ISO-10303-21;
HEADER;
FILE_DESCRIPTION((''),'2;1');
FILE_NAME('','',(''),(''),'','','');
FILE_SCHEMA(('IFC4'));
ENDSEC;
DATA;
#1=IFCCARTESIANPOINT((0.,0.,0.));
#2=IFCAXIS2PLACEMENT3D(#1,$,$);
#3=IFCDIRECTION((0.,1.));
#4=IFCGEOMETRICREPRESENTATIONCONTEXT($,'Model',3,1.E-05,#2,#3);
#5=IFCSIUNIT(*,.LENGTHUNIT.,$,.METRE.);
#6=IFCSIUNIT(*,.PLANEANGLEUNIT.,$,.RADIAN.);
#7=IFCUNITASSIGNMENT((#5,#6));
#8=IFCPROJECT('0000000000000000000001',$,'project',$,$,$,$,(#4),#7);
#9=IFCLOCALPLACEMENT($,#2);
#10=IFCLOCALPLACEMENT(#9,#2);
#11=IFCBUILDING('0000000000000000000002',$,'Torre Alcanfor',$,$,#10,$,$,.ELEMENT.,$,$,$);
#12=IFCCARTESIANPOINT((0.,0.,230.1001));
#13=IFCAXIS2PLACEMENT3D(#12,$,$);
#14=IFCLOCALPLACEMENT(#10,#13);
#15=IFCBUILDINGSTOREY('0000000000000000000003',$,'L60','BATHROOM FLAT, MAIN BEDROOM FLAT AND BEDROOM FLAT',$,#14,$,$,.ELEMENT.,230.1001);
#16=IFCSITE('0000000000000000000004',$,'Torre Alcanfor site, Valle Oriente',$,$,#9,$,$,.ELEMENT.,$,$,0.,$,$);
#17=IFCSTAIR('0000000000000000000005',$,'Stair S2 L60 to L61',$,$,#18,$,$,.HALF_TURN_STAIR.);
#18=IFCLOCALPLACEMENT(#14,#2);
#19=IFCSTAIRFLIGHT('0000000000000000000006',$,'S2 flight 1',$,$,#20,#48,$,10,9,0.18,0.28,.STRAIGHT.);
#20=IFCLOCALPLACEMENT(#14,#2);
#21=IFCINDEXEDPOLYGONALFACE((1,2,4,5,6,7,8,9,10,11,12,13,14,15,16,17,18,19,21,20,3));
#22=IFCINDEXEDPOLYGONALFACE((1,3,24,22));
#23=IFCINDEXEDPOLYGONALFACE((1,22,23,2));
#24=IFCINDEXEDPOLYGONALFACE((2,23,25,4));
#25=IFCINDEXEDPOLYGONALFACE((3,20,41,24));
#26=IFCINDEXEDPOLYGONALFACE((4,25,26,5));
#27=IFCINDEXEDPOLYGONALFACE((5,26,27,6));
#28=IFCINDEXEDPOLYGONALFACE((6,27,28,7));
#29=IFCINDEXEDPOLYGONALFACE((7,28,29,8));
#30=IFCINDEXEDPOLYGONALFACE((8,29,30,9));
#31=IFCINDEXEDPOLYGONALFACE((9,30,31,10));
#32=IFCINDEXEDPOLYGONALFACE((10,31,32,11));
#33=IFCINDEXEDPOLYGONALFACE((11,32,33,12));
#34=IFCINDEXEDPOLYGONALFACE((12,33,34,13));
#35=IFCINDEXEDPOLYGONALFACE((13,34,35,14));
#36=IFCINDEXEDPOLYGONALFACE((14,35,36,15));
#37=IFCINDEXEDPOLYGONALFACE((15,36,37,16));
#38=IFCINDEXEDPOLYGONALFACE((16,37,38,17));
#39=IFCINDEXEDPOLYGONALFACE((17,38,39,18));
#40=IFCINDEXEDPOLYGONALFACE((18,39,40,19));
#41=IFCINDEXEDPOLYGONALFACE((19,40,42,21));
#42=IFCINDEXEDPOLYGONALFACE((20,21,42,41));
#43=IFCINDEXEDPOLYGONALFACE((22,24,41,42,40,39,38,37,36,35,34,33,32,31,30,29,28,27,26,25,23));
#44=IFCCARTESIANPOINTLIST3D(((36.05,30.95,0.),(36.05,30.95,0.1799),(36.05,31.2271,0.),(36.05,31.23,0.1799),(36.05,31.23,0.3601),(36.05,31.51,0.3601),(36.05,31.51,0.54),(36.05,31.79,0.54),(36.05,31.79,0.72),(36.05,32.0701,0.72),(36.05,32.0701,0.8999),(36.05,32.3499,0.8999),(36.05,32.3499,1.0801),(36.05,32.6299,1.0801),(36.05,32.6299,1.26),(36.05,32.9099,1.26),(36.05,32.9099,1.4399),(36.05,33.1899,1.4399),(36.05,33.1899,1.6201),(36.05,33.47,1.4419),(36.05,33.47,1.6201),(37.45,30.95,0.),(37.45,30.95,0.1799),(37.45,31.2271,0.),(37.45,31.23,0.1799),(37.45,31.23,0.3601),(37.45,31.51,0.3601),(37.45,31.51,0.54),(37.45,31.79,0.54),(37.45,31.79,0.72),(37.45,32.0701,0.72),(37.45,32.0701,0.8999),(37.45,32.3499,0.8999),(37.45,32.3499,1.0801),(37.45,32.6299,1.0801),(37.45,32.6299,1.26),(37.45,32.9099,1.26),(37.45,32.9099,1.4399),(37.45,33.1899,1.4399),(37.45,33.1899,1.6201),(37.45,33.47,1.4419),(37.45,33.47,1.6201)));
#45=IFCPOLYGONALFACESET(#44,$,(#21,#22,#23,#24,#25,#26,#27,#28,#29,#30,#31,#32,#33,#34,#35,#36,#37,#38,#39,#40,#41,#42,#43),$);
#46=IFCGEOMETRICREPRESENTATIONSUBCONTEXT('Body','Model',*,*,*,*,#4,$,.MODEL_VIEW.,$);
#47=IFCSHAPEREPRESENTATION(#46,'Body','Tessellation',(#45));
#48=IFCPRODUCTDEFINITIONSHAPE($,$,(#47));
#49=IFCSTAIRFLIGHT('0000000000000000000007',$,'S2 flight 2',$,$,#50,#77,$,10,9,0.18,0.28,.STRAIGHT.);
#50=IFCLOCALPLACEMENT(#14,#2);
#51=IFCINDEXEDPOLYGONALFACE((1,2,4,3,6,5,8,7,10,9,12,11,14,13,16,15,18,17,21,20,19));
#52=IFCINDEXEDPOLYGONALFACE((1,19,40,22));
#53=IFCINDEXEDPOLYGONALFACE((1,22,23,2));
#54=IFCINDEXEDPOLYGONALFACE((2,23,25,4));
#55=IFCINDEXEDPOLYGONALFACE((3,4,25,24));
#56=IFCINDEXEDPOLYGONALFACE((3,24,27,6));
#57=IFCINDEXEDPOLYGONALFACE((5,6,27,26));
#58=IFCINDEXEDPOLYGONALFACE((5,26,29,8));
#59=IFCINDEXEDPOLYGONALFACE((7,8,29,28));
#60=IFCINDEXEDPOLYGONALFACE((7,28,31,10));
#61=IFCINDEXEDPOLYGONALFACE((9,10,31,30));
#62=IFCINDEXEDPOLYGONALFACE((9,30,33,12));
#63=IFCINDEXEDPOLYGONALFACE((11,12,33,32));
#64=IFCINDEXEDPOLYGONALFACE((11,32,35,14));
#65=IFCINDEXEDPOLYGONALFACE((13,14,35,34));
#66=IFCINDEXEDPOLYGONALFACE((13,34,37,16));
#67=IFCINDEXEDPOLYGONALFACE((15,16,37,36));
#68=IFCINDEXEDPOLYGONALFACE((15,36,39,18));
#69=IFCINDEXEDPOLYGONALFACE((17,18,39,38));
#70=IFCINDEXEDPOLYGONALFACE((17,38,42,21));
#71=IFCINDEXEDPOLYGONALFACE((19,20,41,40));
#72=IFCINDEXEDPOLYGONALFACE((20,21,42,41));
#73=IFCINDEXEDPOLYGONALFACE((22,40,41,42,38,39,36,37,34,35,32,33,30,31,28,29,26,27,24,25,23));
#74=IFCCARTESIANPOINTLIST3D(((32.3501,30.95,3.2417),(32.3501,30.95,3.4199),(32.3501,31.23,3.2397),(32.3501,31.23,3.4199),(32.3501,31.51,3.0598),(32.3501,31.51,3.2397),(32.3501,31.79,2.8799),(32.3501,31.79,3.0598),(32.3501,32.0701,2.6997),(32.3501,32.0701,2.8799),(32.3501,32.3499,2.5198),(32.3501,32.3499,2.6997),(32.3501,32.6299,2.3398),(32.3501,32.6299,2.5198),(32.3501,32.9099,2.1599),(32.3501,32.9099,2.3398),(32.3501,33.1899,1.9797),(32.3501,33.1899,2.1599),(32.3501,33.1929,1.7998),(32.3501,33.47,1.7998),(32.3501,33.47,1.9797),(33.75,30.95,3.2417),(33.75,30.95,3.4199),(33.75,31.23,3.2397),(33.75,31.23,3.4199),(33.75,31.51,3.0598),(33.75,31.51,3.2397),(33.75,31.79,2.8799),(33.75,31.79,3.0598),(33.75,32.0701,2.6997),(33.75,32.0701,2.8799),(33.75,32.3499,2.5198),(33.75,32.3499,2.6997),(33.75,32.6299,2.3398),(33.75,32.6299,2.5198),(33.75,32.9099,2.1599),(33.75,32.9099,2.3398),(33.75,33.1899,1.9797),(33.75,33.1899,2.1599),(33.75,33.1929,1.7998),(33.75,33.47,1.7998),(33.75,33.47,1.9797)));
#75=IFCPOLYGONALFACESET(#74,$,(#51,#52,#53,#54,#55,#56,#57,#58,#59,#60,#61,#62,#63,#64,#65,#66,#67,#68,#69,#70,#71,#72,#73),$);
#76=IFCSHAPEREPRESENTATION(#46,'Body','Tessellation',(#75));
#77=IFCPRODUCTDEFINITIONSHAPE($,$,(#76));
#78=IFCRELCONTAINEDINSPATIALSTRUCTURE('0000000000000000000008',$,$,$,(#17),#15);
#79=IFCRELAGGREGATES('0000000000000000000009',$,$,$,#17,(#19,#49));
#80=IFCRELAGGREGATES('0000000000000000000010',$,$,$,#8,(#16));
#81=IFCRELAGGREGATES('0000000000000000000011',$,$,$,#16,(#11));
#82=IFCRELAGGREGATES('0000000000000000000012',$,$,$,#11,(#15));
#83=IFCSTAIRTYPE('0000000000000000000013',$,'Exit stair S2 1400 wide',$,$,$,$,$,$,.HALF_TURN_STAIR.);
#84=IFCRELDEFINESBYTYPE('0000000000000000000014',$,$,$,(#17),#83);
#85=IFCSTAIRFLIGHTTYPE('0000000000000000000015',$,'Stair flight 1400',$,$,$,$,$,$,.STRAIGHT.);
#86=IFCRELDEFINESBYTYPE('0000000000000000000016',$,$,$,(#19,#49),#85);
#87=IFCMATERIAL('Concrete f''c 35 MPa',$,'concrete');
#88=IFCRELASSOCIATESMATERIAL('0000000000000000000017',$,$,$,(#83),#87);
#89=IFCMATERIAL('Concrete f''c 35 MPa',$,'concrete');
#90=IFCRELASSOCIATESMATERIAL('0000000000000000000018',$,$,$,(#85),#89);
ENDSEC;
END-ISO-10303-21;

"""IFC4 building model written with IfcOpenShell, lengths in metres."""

from ifc_helpers import new_model, si_unit, direction, frame, origin, place, context, subcontext, project, spatial, polyline, outline, extrude, material, type_object, element, aggregate, save


model = new_model("IFC4")

# Units and contexts
model_context = context("Model", 3, precision=1e-05, world=origin(), true_north=direction((0.0, 1.0)))
body_context = subcontext(model_context, "Body", "Model", "MODEL_VIEW")
ifc_project = project(units=[si_unit("LENGTHUNIT", "METRE"), si_unit("PLANEANGLEUNIT", "RADIAN")], contexts=[model_context])

# Site, building, storey
site_placement = place(None, origin())
site = spatial("IfcSite", under=ifc_project, at=site_placement, Name="Torre Alcanfor site, Valle Oriente", CompositionType="ELEMENT", RefElevation=0.0)
building_placement = place(site_placement, origin())
building = spatial("IfcBuilding", under=site, at=building_placement, Name="Torre Alcanfor", CompositionType="ELEMENT")
storey_placement = place(building_placement, frame((0.0, 0.0, 230.1001)))
storey = spatial("IfcBuildingStorey", under=building, at=storey_placement, Name="L60", Description="BATHROOM FLAT, MAIN BEDROOM FLAT AND BEDROOM FLAT", CompositionType="ELEMENT", Elevation=230.1001)

# Stair, stair flights
ifc_material_1 = material(Name="Concrete f'c 35 MPa", Category="concrete")
stair_type = type_object("IfcStairType", Name="Exit stair S2 1400 wide", PredefinedType="HALF_TURN_STAIR", material=ifc_material_1)
stair_placement = place(storey_placement, origin())
stair = element("IfcStair", 1, at=stair_placement, inside=storey, type_object=stair_type, Name="Stair S2 L60 to L61", PredefinedType="HALF_TURN_STAIR")
ifc_material_2 = material(Name="Concrete f'c 35 MPa", Category="concrete")
stair_flight_type = type_object("IfcStairFlightType", Name="Stair flight 1400", PredefinedType="STRAIGHT", material=ifc_material_2)
stair_flight_1_placement = place(storey_placement, frame((36.75, 30.95, 0.0), z_axis=(0.0, 0.0, 1.0), x_axis=(0.0, 1.0, 0.0)))
stair_flight_1 = element("IfcStairFlight", 2, at=stair_flight_1_placement, type_object=stair_flight_type, Name="S2 flight 1", NumberOfRisers=10, NumberOfTreads=9, PredefinedType="STRAIGHT", RiserHeight=0.18, TreadLength=0.28, context=body_context, shape_type="SweptSolid", body=[
    extrude(outline(polyline([(0.0, 0.0), (0.0, 0.1799), (0.28, 0.1799), (0.28, 0.3601), (0.5601, 0.3601), (0.5601, 0.54), (0.8401, 0.54), (0.8401, 0.72), (1.1201, 0.72), (1.1201, 0.8999), (1.3999, 0.8999), (1.3999, 1.0801), (1.6799, 1.0801), (1.6799, 1.26), (1.96, 1.26), (1.96, 1.4399), (2.24, 1.4399), (2.24, 1.6201), (2.52, 1.6201), (2.52, 1.8), (2.52, 1.4419), (0.2771, 0.0), (0.0, 0.0)])), frame((0.0, 0.7, 0.0), z_axis=(0.0, -1.0, 0.0), x_axis=(1.0, 0.0, 0.0)), (0.0, 0.0, 1.0), 1.3999),
])
stair_flight_2_placement = place(storey_placement, frame((33.05, 33.47, 1.7998), z_axis=(0.0, 0.0, 1.0), x_axis=(0.0, -1.0, 0.0)))
stair_flight_2 = element("IfcStairFlight", 3, at=stair_flight_2_placement, type_object=stair_flight_type, Name="S2 flight 2", NumberOfRisers=10, NumberOfTreads=9, PredefinedType="STRAIGHT", RiserHeight=0.18, TreadLength=0.28, context=body_context, shape_type="SweptSolid", body=[
    extrude(outline(polyline([(0.0, 0.0), (0.0, 0.1799), (0.28, 0.1799), (0.28, 0.3601), (0.5601, 0.3601), (0.5601, 0.54), (0.8401, 0.54), (0.8401, 0.72), (1.1201, 0.72), (1.1201, 0.8999), (1.3999, 0.8999), (1.3999, 1.0801), (1.6799, 1.0801), (1.6799, 1.26), (1.96, 1.26), (1.96, 1.4399), (2.24, 1.4399), (2.24, 1.6201), (2.52, 1.6201), (2.52, 1.8), (2.52, 1.4419), (0.2771, 0.0), (0.0, 0.0)])), frame((0.0, 0.7, 0.0), z_axis=(0.0, -1.0, 0.0), x_axis=(1.0, 0.0, 0.0)), (0.0, 0.0, 1.0), 1.3999),
])
aggregate(stair, [stair_flight_1, stair_flight_2])

save(model, "model.ifc")
